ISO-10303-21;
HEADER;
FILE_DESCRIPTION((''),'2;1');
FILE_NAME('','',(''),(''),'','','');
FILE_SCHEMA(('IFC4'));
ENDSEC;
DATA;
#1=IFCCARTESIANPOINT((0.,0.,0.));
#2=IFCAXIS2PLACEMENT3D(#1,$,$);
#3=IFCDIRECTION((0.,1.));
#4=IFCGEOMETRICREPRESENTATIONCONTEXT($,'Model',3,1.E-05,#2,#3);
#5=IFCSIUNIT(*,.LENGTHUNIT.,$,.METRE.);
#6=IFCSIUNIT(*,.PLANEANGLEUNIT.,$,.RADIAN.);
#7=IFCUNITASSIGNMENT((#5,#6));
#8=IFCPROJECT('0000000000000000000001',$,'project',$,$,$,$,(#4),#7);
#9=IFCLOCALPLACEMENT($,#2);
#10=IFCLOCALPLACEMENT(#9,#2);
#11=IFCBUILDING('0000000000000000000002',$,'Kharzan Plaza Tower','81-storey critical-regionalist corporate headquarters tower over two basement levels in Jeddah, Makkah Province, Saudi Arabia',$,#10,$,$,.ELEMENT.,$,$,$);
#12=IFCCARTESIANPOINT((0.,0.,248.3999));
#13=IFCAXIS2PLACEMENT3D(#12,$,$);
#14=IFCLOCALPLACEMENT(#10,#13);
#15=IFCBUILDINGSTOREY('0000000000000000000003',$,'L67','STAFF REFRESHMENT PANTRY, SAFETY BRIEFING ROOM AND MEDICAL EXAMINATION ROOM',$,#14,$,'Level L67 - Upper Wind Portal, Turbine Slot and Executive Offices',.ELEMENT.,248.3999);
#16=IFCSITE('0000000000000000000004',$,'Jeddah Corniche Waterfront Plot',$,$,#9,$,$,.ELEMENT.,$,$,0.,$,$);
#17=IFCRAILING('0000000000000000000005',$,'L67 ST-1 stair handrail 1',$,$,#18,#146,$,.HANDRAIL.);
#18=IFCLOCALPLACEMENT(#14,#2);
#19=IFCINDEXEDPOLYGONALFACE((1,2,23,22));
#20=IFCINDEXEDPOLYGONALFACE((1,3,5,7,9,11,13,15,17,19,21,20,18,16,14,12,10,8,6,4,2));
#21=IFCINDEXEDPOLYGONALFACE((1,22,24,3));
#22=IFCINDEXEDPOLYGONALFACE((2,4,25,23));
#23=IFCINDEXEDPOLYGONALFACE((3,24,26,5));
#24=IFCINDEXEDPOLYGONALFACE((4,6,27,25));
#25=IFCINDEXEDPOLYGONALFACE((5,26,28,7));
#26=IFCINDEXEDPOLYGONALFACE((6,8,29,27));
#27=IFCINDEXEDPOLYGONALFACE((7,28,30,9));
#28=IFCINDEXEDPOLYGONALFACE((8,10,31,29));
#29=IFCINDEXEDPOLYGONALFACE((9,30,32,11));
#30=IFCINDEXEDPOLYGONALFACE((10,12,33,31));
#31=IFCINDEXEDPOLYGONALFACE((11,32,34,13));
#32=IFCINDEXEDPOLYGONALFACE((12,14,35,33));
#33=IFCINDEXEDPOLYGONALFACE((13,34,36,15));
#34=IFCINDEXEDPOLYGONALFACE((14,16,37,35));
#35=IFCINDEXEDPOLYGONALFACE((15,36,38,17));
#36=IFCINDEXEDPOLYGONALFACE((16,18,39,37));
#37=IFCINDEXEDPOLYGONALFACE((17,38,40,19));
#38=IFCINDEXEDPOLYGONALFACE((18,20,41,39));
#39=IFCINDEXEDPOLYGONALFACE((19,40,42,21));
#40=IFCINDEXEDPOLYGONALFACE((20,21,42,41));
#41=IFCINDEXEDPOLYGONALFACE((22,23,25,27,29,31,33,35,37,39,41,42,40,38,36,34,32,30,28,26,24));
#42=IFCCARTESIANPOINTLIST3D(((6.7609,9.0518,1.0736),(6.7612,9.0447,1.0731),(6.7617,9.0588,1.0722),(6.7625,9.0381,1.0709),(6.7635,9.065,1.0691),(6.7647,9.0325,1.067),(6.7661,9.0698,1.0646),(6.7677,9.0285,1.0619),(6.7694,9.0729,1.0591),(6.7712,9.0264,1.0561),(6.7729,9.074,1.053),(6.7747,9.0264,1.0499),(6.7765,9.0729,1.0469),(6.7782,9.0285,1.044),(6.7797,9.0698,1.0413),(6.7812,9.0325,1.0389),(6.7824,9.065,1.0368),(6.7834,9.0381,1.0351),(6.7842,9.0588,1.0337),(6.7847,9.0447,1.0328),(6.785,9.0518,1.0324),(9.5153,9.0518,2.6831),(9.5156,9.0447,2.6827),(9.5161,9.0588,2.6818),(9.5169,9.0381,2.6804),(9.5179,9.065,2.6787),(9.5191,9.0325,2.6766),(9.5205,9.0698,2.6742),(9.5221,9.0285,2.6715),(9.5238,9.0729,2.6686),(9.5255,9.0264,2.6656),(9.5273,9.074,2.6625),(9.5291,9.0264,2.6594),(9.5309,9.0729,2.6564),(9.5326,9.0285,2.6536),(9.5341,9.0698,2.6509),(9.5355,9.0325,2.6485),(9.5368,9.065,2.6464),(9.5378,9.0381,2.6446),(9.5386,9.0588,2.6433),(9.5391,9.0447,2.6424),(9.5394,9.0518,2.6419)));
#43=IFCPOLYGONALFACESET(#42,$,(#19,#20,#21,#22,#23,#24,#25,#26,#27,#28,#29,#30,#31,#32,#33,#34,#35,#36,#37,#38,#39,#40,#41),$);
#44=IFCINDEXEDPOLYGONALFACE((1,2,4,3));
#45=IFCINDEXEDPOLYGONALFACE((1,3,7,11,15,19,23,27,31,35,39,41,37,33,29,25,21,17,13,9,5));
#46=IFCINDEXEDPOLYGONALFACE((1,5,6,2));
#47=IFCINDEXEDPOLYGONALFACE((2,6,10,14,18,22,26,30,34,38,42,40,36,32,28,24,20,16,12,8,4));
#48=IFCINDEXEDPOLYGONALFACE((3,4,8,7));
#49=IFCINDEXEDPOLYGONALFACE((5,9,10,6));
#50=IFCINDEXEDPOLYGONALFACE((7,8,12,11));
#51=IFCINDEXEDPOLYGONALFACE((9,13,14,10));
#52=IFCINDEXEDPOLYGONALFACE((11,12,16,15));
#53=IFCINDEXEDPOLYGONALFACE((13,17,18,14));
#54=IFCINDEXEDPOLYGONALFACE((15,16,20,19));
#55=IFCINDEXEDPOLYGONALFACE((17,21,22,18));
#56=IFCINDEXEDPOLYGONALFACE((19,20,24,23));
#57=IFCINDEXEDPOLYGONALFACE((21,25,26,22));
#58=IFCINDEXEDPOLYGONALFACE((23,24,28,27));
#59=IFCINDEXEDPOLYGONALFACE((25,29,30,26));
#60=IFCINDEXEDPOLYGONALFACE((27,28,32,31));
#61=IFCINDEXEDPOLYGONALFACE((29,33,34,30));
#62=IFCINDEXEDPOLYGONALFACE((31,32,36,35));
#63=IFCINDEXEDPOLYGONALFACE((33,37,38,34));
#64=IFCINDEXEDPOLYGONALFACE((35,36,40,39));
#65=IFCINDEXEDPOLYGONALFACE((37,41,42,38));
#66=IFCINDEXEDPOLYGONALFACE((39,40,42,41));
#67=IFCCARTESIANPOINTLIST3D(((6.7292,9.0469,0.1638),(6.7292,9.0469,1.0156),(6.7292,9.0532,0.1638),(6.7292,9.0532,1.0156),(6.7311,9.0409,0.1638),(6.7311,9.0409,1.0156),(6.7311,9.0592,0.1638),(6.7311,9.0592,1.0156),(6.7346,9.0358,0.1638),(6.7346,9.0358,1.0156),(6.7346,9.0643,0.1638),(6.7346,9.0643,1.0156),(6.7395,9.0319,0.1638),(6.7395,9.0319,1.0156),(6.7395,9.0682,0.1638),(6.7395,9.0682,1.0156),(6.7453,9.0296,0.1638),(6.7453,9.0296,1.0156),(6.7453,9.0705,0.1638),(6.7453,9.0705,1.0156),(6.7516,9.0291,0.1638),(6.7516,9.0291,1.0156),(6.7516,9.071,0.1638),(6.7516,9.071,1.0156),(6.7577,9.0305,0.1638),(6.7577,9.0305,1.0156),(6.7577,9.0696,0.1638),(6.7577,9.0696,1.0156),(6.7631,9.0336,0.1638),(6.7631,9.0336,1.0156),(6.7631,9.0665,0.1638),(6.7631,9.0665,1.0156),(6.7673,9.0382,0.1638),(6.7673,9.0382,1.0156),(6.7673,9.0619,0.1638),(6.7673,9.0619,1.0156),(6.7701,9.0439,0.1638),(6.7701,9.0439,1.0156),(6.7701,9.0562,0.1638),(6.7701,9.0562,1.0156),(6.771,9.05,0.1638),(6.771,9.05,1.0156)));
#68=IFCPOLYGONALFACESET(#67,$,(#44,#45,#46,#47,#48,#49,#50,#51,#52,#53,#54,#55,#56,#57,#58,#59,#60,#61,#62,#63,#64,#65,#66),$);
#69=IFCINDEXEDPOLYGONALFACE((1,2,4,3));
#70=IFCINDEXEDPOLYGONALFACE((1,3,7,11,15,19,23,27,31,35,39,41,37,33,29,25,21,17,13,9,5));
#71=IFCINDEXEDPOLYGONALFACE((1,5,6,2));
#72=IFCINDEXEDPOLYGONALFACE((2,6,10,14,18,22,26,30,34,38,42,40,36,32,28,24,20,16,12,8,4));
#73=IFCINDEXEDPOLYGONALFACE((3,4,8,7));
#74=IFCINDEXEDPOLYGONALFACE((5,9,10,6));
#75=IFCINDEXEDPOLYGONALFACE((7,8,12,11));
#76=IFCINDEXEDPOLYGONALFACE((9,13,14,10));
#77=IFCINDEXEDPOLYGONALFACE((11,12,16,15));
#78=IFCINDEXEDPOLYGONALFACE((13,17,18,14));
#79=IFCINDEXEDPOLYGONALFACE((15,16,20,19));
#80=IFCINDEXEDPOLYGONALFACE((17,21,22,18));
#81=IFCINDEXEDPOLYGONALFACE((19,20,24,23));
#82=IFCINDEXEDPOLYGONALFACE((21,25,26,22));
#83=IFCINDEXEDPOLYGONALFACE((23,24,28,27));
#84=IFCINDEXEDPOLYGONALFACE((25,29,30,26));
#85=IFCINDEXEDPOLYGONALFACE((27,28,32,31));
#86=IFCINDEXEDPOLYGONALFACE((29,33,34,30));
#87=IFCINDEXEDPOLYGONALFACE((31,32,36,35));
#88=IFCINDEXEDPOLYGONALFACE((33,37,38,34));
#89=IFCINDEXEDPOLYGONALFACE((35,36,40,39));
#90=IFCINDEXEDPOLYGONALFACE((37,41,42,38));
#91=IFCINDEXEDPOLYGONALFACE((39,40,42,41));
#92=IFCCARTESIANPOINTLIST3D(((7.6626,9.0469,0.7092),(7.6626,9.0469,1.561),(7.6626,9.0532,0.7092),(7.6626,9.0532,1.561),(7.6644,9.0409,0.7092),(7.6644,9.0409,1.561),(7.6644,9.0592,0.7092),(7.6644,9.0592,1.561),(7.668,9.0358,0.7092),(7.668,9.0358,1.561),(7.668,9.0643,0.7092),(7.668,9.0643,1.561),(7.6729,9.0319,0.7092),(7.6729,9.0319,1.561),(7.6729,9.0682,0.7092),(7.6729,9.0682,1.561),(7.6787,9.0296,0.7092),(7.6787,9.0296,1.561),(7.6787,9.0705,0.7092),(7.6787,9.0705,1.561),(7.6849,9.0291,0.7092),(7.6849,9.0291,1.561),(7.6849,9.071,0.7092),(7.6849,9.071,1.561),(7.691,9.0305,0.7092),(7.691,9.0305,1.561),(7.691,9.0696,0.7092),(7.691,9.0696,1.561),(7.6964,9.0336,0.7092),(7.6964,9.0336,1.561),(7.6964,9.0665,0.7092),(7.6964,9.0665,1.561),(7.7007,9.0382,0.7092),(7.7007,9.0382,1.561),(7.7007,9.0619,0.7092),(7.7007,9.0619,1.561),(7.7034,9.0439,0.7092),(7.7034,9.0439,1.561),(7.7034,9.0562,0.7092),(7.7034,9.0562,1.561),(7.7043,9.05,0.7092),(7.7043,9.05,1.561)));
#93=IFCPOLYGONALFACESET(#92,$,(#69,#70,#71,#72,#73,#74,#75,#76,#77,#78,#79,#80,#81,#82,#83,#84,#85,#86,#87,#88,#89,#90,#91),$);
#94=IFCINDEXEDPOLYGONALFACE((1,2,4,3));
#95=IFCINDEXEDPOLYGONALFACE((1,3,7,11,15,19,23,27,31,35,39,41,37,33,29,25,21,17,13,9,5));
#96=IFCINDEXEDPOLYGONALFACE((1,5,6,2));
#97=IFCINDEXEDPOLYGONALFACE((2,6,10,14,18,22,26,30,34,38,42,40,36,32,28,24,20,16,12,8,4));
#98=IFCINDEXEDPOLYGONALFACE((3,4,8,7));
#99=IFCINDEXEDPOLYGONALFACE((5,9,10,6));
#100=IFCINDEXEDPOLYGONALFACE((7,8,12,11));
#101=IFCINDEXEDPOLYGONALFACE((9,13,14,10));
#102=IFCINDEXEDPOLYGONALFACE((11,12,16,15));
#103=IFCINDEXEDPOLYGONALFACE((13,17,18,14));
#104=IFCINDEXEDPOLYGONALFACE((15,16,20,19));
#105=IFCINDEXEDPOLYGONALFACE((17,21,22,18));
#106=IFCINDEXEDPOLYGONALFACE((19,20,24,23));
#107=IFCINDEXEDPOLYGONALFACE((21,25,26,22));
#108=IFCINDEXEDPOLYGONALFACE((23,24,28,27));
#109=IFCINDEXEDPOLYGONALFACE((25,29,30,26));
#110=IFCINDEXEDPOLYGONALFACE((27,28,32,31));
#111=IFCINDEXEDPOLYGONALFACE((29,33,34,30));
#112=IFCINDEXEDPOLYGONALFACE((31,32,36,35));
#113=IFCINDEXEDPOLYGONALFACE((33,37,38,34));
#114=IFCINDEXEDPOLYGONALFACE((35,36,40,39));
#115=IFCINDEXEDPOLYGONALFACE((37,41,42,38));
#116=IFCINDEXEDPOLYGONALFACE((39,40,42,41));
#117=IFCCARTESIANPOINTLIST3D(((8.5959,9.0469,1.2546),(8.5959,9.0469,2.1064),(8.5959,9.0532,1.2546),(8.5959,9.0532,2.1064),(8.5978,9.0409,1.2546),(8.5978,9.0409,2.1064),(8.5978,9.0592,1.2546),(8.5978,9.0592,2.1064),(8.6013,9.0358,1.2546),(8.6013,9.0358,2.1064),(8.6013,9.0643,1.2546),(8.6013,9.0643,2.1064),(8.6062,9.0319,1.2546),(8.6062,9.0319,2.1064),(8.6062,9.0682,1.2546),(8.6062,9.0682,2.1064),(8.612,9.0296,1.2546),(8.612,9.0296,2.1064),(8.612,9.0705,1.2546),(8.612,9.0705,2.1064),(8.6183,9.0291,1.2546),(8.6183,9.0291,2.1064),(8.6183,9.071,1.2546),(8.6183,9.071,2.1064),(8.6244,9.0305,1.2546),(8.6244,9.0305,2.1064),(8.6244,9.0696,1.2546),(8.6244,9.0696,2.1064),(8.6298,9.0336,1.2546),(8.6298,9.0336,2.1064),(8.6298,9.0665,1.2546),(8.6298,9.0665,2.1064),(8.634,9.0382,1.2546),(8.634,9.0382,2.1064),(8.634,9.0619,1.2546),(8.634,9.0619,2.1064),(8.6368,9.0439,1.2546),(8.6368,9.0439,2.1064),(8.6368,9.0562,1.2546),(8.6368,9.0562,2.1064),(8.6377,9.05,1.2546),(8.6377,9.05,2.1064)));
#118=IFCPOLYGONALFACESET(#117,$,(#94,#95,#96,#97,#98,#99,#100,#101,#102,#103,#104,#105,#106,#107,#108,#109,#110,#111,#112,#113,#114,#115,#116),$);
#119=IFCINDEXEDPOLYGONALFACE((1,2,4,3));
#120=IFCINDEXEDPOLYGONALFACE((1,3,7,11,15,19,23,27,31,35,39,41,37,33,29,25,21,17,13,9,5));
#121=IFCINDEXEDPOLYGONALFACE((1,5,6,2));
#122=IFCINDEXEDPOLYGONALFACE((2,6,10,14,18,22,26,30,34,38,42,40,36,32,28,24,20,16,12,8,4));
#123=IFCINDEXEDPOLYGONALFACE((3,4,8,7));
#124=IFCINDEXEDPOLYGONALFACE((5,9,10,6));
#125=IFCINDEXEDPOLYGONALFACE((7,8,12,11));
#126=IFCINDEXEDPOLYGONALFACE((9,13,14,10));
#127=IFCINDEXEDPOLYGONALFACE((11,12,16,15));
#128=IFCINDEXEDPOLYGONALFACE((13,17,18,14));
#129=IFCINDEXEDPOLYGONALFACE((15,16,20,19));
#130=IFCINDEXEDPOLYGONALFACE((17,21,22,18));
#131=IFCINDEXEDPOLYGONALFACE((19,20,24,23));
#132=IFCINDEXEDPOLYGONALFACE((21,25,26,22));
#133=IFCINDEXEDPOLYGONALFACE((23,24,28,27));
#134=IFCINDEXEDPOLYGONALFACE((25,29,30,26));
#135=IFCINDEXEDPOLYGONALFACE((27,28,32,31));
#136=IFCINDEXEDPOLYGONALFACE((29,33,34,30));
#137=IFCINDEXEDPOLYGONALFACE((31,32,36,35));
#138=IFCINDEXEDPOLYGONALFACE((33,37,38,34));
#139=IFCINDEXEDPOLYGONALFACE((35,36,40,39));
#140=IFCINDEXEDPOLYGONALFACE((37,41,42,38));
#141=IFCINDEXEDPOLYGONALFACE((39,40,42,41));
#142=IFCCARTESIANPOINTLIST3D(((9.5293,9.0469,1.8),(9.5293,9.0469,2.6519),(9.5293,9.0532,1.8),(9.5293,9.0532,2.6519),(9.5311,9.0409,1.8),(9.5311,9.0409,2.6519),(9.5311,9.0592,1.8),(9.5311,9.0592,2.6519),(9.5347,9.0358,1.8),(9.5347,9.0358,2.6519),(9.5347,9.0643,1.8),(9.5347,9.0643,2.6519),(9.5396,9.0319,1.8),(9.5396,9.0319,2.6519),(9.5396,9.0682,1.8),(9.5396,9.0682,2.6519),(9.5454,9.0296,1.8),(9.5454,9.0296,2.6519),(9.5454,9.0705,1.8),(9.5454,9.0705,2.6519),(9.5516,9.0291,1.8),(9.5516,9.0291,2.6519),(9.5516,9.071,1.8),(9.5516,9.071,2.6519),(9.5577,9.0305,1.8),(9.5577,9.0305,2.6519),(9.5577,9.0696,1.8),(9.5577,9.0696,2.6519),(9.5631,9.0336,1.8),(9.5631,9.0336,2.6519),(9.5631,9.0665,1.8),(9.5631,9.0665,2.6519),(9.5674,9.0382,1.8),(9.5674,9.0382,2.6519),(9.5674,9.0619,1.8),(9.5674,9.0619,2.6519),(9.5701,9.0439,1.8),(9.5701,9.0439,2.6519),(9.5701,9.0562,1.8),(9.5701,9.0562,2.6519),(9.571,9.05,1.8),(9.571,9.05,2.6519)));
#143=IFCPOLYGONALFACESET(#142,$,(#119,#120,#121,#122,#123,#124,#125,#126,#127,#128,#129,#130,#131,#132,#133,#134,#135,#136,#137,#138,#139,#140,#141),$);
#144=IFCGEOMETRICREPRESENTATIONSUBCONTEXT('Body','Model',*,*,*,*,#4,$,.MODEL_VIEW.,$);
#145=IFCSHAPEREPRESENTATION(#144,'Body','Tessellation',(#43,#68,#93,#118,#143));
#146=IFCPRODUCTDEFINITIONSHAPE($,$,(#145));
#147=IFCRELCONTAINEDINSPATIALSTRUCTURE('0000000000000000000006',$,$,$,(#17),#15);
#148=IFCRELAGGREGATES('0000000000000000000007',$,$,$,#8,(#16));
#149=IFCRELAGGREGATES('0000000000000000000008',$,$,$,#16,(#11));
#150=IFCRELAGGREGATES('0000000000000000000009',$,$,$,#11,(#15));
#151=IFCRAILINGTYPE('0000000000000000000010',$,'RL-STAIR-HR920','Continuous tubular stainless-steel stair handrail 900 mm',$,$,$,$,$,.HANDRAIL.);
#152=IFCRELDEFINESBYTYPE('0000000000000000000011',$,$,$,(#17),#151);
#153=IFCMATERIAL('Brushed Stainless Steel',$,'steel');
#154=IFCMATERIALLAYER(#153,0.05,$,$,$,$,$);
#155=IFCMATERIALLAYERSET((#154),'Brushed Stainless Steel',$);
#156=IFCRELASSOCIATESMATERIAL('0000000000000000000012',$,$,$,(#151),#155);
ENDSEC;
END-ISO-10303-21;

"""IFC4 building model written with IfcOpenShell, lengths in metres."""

from ifc_helpers import new_model, si_unit, direction, frame, origin, origin_2d, place, context, subcontext, project, spatial, circle, extrude, source, transform, mapped, material, layer, layer_set, type_object, element, save


model = new_model("IFC4")

# Units and contexts
model_context = context("Model", 3, precision=1e-05, world=origin(), true_north=direction((0.0, 1.0)))
body_context = subcontext(model_context, "Body", "Model", "MODEL_VIEW")
ifc_project = project(units=[si_unit("LENGTHUNIT", "METRE"), si_unit("PLANEANGLEUNIT", "RADIAN")], contexts=[model_context])

# Site, building, storey
site_placement = place(None, origin())
site = spatial("IfcSite", under=ifc_project, at=site_placement, Name="Jeddah Corniche Waterfront Plot", CompositionType="ELEMENT", RefElevation=0.0)
building_placement = place(site_placement, origin())
building = spatial("IfcBuilding", under=site, at=building_placement, Name="Kharzan Plaza Tower", Description="81-storey critical-regionalist corporate headquarters tower over two basement levels in Jeddah, Makkah Province, Saudi Arabia", CompositionType="ELEMENT")
storey_placement = place(building_placement, frame((0.0, 0.0, 248.3999)))
storey = spatial("IfcBuildingStorey", under=building, at=storey_placement, Name="L67", Description="STAFF REFRESHMENT PANTRY, SAFETY BRIEFING ROOM AND MEDICAL EXAMINATION ROOM", LongName="Level L67 - Upper Wind Portal, Turbine Slot and Executive Offices", CompositionType="ELEMENT", Elevation=248.3999)

# Railing
ifc_material_1 = material(Name="Brushed Stainless Steel", Category="steel")
ifc_layer_1 = layer(ifc_material_1, 0.05)
ifc_layer_set_1 = layer_set([ifc_layer_1], Name="Brushed Stainless Steel")
railing_type_1 = type_object("IfcRailingType", Name="RL-STAIR-HR920", Description="Continuous tubular stainless-steel stair handrail 900 mm", PredefinedType="HANDRAIL", material=ifc_layer_set_1)
shared_shape_1 = source(origin(), body_context, "Body", "SweptSolid", [
    extrude(circle(Radius=0.0239, at=origin_2d()), frame((0.0229, 0.0, 0.8892), z_axis=(0.863394, 0.0, 0.504531), x_axis=(0.0, 1.0, 0.0)), (0.0, 0.0, 1.0), 3.1902),
    extrude(circle(Radius=0.021, at=origin_2d()), origin(), (0.0, 0.0, 1.0), 0.8518),
    extrude(circle(Radius=0.021, at=origin_2d()), frame((0.9333, 0.0, 0.5454)), (0.0, 0.0, 1.0), 0.8518),
    extrude(circle(Radius=0.021, at=origin_2d()), frame((1.8667, 0.0, 1.0908)), (0.0, 0.0, 1.0), 0.8518),
    extrude(circle(Radius=0.021, at=origin_2d()), frame((2.8, 0.0, 1.6362)), (0.0, 0.0, 1.0), 0.8518),
])
railing_1_placement = place(storey_placement, frame((6.75, 9.05, 0.1638)))
element("IfcRailing", 1, at=railing_1_placement, inside=storey, type_object=railing_type_1, Name="L67 ST-1 stair handrail 1", PredefinedType="HANDRAIL", context=body_context, shape_type="MappedRepresentation", body=[
    mapped(shared_shape_1, transform((0.0, 0.0, 0.0), x_axis=(1.0, 0.0, 0.0), y_axis=(0.0, 1.0, 0.0), z_axis=(0.0, 0.0, 1.0))),
])

save(model, "model.ifc")
